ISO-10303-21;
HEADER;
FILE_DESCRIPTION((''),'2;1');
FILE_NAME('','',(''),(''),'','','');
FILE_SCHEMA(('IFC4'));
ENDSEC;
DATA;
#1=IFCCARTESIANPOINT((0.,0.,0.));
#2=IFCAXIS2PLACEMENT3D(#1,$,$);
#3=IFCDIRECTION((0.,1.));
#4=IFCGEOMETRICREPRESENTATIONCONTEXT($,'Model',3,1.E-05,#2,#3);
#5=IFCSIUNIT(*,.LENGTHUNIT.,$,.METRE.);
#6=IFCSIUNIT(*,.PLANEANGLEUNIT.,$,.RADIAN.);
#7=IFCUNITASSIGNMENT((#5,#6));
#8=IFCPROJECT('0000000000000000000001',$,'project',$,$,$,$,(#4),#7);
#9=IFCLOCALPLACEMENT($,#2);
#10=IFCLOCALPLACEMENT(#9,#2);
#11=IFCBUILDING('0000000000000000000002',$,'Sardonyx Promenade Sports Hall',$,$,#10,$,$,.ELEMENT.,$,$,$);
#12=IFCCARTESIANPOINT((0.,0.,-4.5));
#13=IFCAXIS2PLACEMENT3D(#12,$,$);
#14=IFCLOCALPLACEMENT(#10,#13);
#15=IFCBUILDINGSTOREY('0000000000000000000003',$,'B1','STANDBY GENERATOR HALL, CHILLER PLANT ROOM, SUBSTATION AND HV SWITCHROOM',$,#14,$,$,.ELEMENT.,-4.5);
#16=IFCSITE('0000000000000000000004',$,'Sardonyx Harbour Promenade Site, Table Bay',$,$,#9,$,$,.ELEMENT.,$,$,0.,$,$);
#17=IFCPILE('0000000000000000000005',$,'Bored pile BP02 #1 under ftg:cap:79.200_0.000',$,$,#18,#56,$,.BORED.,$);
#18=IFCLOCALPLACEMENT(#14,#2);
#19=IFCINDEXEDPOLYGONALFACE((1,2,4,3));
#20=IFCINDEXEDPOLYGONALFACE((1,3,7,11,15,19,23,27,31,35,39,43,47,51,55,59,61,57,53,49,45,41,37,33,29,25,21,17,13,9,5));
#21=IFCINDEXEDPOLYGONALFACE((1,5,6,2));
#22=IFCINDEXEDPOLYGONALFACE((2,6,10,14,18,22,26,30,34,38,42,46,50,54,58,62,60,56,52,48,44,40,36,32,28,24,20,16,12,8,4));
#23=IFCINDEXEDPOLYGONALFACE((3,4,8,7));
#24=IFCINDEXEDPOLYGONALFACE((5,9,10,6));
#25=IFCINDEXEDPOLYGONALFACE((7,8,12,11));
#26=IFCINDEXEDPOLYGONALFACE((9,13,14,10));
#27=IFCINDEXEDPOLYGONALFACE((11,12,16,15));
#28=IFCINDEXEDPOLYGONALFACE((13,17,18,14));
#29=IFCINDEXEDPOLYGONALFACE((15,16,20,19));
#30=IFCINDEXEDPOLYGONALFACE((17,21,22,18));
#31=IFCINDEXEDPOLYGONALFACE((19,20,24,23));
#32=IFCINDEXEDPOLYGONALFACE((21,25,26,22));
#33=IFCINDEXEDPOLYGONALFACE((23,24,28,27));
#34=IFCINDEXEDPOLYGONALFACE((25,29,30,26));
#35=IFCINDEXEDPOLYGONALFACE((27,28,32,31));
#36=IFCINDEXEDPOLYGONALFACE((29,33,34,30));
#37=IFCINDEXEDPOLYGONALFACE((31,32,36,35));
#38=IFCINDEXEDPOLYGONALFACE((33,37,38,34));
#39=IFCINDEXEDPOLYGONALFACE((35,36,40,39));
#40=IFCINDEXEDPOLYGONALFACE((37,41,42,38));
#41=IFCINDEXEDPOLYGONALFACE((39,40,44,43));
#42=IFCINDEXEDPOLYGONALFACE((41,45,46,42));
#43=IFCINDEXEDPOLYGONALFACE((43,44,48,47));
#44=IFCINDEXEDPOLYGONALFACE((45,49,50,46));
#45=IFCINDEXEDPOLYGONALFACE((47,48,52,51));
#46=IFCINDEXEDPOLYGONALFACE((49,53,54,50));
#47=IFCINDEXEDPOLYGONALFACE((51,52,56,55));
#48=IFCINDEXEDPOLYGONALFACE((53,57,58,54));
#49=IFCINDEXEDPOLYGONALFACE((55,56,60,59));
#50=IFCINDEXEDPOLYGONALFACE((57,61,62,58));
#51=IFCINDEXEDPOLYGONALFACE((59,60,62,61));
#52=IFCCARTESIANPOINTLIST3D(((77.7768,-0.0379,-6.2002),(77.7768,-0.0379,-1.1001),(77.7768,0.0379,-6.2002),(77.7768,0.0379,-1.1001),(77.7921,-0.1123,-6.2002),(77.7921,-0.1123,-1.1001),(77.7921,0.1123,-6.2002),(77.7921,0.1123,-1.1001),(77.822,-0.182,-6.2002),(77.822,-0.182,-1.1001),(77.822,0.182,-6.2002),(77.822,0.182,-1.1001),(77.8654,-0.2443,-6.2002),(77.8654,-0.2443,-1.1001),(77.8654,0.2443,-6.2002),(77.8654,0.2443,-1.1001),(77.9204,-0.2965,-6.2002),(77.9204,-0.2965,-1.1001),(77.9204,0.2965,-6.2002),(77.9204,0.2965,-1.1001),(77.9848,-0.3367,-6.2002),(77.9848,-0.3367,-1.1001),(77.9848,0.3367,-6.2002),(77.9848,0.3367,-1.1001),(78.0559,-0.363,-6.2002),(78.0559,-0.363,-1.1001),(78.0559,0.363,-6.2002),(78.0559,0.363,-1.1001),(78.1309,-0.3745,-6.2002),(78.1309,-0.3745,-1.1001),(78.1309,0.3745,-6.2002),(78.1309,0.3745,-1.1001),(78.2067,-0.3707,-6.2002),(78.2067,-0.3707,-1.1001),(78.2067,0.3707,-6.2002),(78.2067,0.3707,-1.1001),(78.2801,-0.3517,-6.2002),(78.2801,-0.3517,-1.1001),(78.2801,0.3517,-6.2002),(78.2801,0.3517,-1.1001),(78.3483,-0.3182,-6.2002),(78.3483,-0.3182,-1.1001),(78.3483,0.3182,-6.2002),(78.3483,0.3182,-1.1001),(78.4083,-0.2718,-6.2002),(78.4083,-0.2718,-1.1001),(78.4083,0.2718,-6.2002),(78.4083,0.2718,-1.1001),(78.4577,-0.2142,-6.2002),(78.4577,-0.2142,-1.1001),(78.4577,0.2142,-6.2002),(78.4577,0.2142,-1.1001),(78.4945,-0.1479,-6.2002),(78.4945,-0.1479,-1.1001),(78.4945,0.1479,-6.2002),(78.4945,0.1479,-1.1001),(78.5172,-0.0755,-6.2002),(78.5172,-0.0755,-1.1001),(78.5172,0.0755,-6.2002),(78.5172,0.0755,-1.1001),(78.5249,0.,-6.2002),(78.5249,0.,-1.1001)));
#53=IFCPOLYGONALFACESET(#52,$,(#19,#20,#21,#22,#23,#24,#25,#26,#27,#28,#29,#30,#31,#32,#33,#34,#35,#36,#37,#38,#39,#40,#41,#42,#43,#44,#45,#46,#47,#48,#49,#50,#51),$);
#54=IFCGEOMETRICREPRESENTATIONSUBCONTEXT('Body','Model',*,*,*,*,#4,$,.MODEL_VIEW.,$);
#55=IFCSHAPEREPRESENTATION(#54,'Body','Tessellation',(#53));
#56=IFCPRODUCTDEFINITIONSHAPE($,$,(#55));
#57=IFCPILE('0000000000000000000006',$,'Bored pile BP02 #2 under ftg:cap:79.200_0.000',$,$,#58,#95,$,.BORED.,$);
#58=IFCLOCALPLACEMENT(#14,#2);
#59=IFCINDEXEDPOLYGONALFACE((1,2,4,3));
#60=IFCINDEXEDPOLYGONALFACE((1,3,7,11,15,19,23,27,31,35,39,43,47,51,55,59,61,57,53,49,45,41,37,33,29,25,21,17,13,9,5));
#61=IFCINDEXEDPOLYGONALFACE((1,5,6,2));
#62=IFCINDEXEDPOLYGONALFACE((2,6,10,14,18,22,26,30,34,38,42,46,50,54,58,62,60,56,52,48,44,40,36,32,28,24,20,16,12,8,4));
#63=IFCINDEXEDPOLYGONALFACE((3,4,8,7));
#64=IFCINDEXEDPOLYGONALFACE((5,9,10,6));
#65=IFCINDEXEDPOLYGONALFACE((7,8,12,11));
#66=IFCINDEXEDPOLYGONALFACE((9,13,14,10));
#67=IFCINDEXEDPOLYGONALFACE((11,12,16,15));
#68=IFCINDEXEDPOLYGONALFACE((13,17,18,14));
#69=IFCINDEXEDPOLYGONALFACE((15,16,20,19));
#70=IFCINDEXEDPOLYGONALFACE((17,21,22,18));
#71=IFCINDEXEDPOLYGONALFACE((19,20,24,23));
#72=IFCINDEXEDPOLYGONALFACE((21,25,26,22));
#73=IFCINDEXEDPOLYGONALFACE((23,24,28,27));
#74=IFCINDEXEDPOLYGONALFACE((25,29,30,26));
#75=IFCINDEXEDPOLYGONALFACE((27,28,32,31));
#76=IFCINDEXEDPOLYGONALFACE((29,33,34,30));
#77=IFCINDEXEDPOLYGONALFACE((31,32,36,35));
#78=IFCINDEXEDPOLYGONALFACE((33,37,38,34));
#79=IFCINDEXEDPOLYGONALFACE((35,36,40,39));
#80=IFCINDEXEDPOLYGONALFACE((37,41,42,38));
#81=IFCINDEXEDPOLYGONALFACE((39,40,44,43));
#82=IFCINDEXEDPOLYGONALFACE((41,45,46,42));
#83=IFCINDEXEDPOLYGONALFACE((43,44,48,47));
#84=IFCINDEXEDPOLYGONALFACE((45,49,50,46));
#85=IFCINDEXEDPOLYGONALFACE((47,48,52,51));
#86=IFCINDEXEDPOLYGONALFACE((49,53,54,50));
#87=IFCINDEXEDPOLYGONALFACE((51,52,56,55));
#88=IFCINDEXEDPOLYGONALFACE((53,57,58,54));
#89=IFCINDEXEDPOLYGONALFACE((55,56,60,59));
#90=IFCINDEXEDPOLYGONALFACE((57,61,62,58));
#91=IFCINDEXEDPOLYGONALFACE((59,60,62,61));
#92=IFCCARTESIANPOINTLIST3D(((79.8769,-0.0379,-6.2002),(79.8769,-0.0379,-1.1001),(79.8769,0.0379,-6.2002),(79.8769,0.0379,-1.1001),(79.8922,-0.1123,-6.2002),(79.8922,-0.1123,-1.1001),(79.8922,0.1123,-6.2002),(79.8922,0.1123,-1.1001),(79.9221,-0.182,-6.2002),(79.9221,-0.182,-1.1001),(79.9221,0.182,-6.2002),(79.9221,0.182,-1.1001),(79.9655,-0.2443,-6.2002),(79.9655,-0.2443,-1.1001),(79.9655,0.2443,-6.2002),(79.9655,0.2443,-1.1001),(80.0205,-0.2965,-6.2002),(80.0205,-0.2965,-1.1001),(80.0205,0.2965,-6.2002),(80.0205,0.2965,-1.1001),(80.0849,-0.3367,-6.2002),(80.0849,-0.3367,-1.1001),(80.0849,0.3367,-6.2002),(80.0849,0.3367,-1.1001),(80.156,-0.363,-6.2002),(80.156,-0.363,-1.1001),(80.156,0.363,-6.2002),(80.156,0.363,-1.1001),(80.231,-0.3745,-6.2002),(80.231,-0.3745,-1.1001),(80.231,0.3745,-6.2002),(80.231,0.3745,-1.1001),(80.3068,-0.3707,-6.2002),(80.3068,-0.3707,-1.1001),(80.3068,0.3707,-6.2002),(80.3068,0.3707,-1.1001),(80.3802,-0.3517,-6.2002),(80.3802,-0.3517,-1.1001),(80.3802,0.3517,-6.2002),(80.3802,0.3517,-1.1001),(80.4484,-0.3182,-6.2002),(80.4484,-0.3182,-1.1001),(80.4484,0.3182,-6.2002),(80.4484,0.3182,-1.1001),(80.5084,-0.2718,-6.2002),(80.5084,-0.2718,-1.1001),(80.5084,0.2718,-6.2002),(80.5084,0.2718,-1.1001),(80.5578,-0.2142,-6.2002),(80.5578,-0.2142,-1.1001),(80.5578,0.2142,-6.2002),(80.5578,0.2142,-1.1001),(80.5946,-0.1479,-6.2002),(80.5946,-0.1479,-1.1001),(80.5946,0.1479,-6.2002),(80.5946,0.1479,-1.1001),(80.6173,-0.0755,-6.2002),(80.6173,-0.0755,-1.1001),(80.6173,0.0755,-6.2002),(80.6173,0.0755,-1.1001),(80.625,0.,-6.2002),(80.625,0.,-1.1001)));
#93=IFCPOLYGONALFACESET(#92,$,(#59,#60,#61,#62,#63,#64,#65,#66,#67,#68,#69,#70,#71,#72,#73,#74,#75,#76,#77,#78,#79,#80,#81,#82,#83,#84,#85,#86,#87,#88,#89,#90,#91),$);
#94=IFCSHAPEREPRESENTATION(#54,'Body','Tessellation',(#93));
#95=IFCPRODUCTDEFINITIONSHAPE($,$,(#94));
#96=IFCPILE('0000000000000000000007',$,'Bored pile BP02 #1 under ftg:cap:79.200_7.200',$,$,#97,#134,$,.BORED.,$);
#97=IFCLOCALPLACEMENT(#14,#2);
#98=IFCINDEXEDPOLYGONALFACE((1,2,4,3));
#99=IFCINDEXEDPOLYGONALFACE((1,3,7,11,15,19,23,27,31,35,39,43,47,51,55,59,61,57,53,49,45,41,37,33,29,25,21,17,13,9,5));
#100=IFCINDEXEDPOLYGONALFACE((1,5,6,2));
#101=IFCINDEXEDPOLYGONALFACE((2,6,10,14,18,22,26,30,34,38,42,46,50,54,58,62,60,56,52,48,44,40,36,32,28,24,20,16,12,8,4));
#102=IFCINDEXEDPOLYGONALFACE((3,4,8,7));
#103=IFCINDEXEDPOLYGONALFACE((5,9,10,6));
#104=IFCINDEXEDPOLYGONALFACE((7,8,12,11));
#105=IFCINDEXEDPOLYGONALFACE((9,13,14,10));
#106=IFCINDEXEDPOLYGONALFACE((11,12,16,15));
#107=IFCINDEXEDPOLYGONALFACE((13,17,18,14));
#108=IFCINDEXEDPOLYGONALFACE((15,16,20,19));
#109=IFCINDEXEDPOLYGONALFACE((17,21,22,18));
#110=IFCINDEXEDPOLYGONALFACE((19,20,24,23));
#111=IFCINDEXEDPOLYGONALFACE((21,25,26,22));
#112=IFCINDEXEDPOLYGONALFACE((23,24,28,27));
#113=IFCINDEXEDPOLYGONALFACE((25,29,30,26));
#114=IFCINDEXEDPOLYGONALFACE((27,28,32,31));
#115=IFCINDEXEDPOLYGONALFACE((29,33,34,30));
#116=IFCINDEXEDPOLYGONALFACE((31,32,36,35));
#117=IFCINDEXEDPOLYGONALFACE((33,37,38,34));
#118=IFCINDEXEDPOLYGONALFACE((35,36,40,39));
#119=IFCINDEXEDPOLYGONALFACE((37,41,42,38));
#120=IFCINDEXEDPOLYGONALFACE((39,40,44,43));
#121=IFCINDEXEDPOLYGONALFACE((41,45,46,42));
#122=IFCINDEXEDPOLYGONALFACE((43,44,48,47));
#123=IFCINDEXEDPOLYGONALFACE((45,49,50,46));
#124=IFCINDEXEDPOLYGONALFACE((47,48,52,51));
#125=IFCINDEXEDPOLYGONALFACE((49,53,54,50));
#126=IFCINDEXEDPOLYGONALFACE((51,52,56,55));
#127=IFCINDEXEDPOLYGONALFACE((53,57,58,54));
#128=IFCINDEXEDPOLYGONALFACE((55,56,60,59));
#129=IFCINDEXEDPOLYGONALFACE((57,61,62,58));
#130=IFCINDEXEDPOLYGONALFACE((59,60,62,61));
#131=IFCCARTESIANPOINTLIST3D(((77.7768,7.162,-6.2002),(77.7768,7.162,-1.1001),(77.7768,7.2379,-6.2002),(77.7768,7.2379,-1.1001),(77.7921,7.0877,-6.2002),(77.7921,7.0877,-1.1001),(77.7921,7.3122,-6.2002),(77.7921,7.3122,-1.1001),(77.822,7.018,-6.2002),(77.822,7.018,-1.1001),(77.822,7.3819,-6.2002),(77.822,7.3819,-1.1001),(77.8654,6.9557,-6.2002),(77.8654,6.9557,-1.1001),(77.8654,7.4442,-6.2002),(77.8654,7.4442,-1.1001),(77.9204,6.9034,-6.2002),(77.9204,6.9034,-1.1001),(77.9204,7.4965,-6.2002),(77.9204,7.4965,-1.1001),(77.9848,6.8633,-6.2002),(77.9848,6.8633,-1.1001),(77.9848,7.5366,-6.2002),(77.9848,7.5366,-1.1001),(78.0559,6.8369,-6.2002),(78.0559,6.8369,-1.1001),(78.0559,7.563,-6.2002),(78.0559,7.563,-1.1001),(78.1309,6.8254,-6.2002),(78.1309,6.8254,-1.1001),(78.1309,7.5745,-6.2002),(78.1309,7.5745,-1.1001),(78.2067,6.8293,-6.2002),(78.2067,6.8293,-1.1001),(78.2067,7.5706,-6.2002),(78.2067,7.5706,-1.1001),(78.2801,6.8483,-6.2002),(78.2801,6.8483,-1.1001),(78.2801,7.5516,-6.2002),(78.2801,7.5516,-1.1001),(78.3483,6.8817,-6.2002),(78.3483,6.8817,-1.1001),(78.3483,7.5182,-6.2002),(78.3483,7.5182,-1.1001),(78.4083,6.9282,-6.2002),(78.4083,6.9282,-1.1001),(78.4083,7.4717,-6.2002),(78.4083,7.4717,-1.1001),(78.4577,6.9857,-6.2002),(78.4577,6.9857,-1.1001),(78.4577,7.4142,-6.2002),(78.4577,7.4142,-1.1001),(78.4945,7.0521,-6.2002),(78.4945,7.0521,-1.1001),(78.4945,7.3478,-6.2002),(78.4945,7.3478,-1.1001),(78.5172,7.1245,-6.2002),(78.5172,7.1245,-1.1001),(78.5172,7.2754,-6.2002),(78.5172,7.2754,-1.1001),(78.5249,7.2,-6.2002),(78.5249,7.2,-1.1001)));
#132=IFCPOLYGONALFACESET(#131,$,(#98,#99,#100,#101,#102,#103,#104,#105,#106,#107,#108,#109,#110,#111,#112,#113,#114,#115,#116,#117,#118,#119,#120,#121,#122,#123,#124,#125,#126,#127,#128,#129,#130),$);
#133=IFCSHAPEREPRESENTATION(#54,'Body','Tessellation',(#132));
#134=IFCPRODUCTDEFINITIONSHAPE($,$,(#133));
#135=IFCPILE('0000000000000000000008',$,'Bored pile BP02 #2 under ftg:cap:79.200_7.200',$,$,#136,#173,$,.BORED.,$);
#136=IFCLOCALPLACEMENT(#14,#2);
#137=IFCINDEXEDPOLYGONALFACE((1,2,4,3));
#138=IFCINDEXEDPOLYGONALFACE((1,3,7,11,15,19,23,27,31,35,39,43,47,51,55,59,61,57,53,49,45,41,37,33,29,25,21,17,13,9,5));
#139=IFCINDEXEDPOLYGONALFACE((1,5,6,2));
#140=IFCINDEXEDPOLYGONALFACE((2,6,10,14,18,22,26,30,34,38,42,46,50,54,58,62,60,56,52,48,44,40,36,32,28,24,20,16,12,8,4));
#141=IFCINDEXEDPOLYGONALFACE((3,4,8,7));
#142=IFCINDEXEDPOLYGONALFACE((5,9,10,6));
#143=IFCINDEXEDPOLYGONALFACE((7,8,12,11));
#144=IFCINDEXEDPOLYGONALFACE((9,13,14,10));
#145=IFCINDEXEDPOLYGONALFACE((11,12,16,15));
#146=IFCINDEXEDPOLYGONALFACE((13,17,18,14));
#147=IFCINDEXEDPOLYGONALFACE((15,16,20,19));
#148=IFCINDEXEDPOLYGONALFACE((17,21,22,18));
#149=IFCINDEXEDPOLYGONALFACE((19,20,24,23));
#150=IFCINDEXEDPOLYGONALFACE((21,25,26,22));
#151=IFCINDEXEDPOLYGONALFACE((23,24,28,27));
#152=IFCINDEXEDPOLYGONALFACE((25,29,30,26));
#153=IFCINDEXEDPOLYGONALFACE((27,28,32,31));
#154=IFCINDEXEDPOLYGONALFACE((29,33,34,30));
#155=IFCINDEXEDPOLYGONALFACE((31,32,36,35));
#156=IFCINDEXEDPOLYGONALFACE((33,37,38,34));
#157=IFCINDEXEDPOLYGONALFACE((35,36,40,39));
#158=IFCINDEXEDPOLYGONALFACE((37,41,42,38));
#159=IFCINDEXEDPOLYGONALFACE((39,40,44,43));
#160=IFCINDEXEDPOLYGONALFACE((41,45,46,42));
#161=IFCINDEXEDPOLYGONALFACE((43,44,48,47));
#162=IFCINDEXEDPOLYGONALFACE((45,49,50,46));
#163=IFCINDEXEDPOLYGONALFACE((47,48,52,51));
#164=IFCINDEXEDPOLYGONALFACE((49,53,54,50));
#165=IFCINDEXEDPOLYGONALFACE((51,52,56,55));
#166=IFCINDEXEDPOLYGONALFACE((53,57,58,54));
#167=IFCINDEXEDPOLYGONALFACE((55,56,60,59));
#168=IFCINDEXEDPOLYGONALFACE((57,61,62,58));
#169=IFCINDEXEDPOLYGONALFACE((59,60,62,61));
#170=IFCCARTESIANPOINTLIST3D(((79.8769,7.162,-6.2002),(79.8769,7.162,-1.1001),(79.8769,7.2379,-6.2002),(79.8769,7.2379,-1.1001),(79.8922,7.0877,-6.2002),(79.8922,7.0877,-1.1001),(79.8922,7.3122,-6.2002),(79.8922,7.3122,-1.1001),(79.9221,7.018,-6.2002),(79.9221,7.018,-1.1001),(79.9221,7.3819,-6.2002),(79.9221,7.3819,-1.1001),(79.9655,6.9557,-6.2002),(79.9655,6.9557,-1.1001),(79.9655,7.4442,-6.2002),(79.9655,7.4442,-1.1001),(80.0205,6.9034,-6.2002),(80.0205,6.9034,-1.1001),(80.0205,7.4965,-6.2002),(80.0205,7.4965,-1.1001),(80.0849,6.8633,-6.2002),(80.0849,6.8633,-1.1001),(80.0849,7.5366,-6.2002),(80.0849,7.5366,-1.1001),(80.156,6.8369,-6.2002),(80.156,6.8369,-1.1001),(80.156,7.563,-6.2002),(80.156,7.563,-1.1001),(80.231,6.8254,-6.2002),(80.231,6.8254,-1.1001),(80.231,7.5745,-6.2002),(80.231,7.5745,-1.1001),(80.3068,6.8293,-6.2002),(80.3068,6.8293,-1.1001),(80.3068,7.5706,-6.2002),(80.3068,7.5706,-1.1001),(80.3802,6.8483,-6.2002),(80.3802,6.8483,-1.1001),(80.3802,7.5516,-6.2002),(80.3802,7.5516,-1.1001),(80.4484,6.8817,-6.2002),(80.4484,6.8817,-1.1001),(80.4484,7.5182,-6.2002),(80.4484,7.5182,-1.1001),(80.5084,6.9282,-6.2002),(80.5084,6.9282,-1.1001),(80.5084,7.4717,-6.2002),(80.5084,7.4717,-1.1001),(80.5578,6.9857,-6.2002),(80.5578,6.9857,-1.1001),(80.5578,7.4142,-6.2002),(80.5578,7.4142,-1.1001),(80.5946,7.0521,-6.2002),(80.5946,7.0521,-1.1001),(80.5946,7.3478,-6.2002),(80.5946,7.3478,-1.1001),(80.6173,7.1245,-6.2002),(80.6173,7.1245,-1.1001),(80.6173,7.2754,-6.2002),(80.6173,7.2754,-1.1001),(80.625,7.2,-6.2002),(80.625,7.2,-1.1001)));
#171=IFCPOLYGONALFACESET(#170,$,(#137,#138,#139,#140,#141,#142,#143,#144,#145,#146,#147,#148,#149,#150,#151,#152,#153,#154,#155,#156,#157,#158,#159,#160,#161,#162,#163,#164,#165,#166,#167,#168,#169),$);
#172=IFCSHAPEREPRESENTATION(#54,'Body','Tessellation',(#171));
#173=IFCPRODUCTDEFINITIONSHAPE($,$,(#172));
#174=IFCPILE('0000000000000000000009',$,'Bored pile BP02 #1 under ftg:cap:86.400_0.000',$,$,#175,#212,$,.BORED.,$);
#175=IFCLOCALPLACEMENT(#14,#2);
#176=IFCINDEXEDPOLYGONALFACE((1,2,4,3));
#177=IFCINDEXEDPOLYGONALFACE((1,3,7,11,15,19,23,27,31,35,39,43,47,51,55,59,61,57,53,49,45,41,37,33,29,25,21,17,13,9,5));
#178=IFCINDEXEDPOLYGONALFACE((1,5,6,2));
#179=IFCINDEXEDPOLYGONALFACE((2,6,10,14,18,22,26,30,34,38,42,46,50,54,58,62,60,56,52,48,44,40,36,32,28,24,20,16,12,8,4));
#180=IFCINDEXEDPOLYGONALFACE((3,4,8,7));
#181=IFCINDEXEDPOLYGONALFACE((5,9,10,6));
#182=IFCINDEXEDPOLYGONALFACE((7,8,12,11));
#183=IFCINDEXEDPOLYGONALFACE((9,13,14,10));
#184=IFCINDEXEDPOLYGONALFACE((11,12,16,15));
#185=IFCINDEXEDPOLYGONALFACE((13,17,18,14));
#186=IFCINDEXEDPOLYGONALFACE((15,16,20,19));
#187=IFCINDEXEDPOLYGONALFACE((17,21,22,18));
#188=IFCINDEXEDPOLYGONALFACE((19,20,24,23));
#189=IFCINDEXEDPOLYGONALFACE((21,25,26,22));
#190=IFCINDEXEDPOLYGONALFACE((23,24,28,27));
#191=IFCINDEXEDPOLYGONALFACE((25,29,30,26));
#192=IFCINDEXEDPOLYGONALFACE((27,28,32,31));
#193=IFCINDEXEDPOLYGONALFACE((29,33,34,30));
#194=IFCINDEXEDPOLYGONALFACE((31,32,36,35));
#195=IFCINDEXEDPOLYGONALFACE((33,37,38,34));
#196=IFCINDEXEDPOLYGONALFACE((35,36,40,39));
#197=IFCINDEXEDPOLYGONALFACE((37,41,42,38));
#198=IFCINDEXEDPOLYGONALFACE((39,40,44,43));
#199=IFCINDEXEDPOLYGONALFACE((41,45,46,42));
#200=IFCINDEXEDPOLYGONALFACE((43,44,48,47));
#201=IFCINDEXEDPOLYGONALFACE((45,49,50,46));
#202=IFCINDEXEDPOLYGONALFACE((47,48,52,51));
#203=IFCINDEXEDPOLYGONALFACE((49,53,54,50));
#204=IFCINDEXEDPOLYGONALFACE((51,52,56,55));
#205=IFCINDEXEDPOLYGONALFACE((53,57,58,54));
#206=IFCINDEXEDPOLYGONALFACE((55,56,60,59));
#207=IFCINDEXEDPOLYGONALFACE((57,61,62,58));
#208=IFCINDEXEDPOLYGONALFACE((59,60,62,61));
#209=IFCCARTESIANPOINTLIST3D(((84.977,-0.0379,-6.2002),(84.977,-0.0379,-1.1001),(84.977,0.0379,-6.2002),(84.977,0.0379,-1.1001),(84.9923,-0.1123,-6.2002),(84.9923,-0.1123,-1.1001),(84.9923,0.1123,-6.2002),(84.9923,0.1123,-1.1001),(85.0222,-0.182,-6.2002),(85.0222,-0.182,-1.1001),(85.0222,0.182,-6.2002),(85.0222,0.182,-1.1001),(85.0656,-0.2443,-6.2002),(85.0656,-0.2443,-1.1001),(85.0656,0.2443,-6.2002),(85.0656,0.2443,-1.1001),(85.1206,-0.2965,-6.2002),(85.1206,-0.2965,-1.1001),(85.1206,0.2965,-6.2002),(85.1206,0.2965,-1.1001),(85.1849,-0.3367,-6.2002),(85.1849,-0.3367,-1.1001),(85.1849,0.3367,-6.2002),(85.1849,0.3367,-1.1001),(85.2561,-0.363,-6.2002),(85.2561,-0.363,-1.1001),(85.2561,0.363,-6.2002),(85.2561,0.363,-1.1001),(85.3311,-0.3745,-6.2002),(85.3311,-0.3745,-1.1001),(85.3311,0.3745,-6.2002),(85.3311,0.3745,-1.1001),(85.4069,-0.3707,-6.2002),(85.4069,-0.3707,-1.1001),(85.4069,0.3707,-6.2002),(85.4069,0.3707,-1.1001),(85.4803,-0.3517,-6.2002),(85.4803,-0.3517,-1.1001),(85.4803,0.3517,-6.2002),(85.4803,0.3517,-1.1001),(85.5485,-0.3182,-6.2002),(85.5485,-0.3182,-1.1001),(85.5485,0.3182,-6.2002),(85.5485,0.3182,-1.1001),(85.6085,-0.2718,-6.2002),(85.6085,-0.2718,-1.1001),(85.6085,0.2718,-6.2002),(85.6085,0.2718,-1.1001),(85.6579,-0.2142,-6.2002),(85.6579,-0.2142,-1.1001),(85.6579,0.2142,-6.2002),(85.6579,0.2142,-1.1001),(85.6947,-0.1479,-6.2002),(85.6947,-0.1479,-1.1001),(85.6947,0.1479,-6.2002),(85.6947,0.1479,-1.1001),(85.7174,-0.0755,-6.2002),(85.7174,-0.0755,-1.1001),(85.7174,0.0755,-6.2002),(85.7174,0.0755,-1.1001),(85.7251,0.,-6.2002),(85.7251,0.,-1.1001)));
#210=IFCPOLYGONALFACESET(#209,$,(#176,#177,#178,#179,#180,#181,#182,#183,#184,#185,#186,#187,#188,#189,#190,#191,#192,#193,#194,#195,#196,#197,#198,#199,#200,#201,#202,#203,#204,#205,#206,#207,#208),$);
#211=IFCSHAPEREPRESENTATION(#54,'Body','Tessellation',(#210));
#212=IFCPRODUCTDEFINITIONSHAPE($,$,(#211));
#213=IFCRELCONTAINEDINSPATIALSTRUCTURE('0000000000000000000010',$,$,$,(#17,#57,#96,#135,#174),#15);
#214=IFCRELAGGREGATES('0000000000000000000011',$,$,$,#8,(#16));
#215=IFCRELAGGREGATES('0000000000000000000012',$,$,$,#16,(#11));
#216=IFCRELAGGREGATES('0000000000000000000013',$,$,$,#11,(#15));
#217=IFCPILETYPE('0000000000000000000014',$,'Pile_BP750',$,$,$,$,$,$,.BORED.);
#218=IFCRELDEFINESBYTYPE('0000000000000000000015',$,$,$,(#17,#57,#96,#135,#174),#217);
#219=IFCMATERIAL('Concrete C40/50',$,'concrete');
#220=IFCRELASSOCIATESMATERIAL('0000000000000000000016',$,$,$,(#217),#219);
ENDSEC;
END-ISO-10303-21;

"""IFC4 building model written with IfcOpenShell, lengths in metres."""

from ifc_helpers import new_model, si_unit, direction, frame, origin, origin_2d, place, context, subcontext, project, spatial, circle, extrude, material, material_profile, profile_set, type_object, element, save


model = new_model("IFC4")

# Units and contexts
model_context = context("Model", 3, precision=1e-05, world=origin(), true_north=direction((0.0, 1.0)))
body_context = subcontext(model_context, "Body", "Model", "MODEL_VIEW")
ifc_project = project(units=[si_unit("LENGTHUNIT", "METRE"), si_unit("PLANEANGLEUNIT", "RADIAN")], contexts=[model_context])

# Site, building, storey
site_placement = place(None, origin())
site = spatial("IfcSite", under=ifc_project, at=site_placement, Name="Sardonyx Harbour Promenade Site, Table Bay", CompositionType="ELEMENT", RefElevation=0.0)
building_placement = place(site_placement, origin())
building = spatial("IfcBuilding", under=site, at=building_placement, Name="Sardonyx Promenade Sports Hall", CompositionType="ELEMENT")
storey_placement = place(building_placement, frame((0.0, 0.0, -4.5)))
storey = spatial("IfcBuildingStorey", under=building, at=storey_placement, Name="B1", Description="STANDBY GENERATOR HALL, CHILLER PLANT ROOM, SUBSTATION AND HV SWITCHROOM", CompositionType="ELEMENT", Elevation=-4.5)

# Piles
ifc_material_1 = material(Name="Concrete C40/50", Category="concrete")
ifc_material_profile_1 = material_profile(ifc_material_1, circle(Radius=0.375, at=origin_2d()))
ifc_profile_set_1 = profile_set([ifc_material_profile_1], Name="Concrete C40/50")
pile_type_1 = type_object("IfcPileType", Name="Pile_BP750", PredefinedType="BORED", material=ifc_profile_set_1)
for number, where, z_axis, x_axis, name in (
    (1, (78.1499, 0.0, -1.1001), (0.0, 0.0, -1.0), (1.0, 0.0, 0.0), "Bored pile BP02 #1 under ftg:cap:79.200_0.000"),
    (2, (80.25, 0.0, -1.1001), (0.0, 0.0, -1.0), (1.0, 0.0, 0.0), "Bored pile BP02 #2 under ftg:cap:79.200_0.000"),
    (3, (78.1499, 7.2, -1.1001), (0.0, 0.0, -1.0), (1.0, 0.0, 0.0), "Bored pile BP02 #1 under ftg:cap:79.200_7.200"),
    (4, (80.25, 7.2, -1.1001), (0.0, 0.0, -1.0), (1.0, 0.0, 0.0), "Bored pile BP02 #2 under ftg:cap:79.200_7.200"),
    (5, (85.3501, 0.0, -1.1001), (0.0, 0.0, -1.0), (1.0, 0.0, 0.0), "Bored pile BP02 #1 under ftg:cap:86.400_0.000"),
):
    element("IfcPile", number, at=place(storey_placement, frame(where, z_axis=z_axis, x_axis=x_axis)), inside=storey, type_object=pile_type_1, Name=name, PredefinedType="BORED", context=body_context, shape_type="SweptSolid", body=[
        extrude(circle(Radius=0.375, at=origin_2d()), origin(), (0.0, 0.0, 1.0), 5.1001),
    ])

save(model, "model.ifc")
